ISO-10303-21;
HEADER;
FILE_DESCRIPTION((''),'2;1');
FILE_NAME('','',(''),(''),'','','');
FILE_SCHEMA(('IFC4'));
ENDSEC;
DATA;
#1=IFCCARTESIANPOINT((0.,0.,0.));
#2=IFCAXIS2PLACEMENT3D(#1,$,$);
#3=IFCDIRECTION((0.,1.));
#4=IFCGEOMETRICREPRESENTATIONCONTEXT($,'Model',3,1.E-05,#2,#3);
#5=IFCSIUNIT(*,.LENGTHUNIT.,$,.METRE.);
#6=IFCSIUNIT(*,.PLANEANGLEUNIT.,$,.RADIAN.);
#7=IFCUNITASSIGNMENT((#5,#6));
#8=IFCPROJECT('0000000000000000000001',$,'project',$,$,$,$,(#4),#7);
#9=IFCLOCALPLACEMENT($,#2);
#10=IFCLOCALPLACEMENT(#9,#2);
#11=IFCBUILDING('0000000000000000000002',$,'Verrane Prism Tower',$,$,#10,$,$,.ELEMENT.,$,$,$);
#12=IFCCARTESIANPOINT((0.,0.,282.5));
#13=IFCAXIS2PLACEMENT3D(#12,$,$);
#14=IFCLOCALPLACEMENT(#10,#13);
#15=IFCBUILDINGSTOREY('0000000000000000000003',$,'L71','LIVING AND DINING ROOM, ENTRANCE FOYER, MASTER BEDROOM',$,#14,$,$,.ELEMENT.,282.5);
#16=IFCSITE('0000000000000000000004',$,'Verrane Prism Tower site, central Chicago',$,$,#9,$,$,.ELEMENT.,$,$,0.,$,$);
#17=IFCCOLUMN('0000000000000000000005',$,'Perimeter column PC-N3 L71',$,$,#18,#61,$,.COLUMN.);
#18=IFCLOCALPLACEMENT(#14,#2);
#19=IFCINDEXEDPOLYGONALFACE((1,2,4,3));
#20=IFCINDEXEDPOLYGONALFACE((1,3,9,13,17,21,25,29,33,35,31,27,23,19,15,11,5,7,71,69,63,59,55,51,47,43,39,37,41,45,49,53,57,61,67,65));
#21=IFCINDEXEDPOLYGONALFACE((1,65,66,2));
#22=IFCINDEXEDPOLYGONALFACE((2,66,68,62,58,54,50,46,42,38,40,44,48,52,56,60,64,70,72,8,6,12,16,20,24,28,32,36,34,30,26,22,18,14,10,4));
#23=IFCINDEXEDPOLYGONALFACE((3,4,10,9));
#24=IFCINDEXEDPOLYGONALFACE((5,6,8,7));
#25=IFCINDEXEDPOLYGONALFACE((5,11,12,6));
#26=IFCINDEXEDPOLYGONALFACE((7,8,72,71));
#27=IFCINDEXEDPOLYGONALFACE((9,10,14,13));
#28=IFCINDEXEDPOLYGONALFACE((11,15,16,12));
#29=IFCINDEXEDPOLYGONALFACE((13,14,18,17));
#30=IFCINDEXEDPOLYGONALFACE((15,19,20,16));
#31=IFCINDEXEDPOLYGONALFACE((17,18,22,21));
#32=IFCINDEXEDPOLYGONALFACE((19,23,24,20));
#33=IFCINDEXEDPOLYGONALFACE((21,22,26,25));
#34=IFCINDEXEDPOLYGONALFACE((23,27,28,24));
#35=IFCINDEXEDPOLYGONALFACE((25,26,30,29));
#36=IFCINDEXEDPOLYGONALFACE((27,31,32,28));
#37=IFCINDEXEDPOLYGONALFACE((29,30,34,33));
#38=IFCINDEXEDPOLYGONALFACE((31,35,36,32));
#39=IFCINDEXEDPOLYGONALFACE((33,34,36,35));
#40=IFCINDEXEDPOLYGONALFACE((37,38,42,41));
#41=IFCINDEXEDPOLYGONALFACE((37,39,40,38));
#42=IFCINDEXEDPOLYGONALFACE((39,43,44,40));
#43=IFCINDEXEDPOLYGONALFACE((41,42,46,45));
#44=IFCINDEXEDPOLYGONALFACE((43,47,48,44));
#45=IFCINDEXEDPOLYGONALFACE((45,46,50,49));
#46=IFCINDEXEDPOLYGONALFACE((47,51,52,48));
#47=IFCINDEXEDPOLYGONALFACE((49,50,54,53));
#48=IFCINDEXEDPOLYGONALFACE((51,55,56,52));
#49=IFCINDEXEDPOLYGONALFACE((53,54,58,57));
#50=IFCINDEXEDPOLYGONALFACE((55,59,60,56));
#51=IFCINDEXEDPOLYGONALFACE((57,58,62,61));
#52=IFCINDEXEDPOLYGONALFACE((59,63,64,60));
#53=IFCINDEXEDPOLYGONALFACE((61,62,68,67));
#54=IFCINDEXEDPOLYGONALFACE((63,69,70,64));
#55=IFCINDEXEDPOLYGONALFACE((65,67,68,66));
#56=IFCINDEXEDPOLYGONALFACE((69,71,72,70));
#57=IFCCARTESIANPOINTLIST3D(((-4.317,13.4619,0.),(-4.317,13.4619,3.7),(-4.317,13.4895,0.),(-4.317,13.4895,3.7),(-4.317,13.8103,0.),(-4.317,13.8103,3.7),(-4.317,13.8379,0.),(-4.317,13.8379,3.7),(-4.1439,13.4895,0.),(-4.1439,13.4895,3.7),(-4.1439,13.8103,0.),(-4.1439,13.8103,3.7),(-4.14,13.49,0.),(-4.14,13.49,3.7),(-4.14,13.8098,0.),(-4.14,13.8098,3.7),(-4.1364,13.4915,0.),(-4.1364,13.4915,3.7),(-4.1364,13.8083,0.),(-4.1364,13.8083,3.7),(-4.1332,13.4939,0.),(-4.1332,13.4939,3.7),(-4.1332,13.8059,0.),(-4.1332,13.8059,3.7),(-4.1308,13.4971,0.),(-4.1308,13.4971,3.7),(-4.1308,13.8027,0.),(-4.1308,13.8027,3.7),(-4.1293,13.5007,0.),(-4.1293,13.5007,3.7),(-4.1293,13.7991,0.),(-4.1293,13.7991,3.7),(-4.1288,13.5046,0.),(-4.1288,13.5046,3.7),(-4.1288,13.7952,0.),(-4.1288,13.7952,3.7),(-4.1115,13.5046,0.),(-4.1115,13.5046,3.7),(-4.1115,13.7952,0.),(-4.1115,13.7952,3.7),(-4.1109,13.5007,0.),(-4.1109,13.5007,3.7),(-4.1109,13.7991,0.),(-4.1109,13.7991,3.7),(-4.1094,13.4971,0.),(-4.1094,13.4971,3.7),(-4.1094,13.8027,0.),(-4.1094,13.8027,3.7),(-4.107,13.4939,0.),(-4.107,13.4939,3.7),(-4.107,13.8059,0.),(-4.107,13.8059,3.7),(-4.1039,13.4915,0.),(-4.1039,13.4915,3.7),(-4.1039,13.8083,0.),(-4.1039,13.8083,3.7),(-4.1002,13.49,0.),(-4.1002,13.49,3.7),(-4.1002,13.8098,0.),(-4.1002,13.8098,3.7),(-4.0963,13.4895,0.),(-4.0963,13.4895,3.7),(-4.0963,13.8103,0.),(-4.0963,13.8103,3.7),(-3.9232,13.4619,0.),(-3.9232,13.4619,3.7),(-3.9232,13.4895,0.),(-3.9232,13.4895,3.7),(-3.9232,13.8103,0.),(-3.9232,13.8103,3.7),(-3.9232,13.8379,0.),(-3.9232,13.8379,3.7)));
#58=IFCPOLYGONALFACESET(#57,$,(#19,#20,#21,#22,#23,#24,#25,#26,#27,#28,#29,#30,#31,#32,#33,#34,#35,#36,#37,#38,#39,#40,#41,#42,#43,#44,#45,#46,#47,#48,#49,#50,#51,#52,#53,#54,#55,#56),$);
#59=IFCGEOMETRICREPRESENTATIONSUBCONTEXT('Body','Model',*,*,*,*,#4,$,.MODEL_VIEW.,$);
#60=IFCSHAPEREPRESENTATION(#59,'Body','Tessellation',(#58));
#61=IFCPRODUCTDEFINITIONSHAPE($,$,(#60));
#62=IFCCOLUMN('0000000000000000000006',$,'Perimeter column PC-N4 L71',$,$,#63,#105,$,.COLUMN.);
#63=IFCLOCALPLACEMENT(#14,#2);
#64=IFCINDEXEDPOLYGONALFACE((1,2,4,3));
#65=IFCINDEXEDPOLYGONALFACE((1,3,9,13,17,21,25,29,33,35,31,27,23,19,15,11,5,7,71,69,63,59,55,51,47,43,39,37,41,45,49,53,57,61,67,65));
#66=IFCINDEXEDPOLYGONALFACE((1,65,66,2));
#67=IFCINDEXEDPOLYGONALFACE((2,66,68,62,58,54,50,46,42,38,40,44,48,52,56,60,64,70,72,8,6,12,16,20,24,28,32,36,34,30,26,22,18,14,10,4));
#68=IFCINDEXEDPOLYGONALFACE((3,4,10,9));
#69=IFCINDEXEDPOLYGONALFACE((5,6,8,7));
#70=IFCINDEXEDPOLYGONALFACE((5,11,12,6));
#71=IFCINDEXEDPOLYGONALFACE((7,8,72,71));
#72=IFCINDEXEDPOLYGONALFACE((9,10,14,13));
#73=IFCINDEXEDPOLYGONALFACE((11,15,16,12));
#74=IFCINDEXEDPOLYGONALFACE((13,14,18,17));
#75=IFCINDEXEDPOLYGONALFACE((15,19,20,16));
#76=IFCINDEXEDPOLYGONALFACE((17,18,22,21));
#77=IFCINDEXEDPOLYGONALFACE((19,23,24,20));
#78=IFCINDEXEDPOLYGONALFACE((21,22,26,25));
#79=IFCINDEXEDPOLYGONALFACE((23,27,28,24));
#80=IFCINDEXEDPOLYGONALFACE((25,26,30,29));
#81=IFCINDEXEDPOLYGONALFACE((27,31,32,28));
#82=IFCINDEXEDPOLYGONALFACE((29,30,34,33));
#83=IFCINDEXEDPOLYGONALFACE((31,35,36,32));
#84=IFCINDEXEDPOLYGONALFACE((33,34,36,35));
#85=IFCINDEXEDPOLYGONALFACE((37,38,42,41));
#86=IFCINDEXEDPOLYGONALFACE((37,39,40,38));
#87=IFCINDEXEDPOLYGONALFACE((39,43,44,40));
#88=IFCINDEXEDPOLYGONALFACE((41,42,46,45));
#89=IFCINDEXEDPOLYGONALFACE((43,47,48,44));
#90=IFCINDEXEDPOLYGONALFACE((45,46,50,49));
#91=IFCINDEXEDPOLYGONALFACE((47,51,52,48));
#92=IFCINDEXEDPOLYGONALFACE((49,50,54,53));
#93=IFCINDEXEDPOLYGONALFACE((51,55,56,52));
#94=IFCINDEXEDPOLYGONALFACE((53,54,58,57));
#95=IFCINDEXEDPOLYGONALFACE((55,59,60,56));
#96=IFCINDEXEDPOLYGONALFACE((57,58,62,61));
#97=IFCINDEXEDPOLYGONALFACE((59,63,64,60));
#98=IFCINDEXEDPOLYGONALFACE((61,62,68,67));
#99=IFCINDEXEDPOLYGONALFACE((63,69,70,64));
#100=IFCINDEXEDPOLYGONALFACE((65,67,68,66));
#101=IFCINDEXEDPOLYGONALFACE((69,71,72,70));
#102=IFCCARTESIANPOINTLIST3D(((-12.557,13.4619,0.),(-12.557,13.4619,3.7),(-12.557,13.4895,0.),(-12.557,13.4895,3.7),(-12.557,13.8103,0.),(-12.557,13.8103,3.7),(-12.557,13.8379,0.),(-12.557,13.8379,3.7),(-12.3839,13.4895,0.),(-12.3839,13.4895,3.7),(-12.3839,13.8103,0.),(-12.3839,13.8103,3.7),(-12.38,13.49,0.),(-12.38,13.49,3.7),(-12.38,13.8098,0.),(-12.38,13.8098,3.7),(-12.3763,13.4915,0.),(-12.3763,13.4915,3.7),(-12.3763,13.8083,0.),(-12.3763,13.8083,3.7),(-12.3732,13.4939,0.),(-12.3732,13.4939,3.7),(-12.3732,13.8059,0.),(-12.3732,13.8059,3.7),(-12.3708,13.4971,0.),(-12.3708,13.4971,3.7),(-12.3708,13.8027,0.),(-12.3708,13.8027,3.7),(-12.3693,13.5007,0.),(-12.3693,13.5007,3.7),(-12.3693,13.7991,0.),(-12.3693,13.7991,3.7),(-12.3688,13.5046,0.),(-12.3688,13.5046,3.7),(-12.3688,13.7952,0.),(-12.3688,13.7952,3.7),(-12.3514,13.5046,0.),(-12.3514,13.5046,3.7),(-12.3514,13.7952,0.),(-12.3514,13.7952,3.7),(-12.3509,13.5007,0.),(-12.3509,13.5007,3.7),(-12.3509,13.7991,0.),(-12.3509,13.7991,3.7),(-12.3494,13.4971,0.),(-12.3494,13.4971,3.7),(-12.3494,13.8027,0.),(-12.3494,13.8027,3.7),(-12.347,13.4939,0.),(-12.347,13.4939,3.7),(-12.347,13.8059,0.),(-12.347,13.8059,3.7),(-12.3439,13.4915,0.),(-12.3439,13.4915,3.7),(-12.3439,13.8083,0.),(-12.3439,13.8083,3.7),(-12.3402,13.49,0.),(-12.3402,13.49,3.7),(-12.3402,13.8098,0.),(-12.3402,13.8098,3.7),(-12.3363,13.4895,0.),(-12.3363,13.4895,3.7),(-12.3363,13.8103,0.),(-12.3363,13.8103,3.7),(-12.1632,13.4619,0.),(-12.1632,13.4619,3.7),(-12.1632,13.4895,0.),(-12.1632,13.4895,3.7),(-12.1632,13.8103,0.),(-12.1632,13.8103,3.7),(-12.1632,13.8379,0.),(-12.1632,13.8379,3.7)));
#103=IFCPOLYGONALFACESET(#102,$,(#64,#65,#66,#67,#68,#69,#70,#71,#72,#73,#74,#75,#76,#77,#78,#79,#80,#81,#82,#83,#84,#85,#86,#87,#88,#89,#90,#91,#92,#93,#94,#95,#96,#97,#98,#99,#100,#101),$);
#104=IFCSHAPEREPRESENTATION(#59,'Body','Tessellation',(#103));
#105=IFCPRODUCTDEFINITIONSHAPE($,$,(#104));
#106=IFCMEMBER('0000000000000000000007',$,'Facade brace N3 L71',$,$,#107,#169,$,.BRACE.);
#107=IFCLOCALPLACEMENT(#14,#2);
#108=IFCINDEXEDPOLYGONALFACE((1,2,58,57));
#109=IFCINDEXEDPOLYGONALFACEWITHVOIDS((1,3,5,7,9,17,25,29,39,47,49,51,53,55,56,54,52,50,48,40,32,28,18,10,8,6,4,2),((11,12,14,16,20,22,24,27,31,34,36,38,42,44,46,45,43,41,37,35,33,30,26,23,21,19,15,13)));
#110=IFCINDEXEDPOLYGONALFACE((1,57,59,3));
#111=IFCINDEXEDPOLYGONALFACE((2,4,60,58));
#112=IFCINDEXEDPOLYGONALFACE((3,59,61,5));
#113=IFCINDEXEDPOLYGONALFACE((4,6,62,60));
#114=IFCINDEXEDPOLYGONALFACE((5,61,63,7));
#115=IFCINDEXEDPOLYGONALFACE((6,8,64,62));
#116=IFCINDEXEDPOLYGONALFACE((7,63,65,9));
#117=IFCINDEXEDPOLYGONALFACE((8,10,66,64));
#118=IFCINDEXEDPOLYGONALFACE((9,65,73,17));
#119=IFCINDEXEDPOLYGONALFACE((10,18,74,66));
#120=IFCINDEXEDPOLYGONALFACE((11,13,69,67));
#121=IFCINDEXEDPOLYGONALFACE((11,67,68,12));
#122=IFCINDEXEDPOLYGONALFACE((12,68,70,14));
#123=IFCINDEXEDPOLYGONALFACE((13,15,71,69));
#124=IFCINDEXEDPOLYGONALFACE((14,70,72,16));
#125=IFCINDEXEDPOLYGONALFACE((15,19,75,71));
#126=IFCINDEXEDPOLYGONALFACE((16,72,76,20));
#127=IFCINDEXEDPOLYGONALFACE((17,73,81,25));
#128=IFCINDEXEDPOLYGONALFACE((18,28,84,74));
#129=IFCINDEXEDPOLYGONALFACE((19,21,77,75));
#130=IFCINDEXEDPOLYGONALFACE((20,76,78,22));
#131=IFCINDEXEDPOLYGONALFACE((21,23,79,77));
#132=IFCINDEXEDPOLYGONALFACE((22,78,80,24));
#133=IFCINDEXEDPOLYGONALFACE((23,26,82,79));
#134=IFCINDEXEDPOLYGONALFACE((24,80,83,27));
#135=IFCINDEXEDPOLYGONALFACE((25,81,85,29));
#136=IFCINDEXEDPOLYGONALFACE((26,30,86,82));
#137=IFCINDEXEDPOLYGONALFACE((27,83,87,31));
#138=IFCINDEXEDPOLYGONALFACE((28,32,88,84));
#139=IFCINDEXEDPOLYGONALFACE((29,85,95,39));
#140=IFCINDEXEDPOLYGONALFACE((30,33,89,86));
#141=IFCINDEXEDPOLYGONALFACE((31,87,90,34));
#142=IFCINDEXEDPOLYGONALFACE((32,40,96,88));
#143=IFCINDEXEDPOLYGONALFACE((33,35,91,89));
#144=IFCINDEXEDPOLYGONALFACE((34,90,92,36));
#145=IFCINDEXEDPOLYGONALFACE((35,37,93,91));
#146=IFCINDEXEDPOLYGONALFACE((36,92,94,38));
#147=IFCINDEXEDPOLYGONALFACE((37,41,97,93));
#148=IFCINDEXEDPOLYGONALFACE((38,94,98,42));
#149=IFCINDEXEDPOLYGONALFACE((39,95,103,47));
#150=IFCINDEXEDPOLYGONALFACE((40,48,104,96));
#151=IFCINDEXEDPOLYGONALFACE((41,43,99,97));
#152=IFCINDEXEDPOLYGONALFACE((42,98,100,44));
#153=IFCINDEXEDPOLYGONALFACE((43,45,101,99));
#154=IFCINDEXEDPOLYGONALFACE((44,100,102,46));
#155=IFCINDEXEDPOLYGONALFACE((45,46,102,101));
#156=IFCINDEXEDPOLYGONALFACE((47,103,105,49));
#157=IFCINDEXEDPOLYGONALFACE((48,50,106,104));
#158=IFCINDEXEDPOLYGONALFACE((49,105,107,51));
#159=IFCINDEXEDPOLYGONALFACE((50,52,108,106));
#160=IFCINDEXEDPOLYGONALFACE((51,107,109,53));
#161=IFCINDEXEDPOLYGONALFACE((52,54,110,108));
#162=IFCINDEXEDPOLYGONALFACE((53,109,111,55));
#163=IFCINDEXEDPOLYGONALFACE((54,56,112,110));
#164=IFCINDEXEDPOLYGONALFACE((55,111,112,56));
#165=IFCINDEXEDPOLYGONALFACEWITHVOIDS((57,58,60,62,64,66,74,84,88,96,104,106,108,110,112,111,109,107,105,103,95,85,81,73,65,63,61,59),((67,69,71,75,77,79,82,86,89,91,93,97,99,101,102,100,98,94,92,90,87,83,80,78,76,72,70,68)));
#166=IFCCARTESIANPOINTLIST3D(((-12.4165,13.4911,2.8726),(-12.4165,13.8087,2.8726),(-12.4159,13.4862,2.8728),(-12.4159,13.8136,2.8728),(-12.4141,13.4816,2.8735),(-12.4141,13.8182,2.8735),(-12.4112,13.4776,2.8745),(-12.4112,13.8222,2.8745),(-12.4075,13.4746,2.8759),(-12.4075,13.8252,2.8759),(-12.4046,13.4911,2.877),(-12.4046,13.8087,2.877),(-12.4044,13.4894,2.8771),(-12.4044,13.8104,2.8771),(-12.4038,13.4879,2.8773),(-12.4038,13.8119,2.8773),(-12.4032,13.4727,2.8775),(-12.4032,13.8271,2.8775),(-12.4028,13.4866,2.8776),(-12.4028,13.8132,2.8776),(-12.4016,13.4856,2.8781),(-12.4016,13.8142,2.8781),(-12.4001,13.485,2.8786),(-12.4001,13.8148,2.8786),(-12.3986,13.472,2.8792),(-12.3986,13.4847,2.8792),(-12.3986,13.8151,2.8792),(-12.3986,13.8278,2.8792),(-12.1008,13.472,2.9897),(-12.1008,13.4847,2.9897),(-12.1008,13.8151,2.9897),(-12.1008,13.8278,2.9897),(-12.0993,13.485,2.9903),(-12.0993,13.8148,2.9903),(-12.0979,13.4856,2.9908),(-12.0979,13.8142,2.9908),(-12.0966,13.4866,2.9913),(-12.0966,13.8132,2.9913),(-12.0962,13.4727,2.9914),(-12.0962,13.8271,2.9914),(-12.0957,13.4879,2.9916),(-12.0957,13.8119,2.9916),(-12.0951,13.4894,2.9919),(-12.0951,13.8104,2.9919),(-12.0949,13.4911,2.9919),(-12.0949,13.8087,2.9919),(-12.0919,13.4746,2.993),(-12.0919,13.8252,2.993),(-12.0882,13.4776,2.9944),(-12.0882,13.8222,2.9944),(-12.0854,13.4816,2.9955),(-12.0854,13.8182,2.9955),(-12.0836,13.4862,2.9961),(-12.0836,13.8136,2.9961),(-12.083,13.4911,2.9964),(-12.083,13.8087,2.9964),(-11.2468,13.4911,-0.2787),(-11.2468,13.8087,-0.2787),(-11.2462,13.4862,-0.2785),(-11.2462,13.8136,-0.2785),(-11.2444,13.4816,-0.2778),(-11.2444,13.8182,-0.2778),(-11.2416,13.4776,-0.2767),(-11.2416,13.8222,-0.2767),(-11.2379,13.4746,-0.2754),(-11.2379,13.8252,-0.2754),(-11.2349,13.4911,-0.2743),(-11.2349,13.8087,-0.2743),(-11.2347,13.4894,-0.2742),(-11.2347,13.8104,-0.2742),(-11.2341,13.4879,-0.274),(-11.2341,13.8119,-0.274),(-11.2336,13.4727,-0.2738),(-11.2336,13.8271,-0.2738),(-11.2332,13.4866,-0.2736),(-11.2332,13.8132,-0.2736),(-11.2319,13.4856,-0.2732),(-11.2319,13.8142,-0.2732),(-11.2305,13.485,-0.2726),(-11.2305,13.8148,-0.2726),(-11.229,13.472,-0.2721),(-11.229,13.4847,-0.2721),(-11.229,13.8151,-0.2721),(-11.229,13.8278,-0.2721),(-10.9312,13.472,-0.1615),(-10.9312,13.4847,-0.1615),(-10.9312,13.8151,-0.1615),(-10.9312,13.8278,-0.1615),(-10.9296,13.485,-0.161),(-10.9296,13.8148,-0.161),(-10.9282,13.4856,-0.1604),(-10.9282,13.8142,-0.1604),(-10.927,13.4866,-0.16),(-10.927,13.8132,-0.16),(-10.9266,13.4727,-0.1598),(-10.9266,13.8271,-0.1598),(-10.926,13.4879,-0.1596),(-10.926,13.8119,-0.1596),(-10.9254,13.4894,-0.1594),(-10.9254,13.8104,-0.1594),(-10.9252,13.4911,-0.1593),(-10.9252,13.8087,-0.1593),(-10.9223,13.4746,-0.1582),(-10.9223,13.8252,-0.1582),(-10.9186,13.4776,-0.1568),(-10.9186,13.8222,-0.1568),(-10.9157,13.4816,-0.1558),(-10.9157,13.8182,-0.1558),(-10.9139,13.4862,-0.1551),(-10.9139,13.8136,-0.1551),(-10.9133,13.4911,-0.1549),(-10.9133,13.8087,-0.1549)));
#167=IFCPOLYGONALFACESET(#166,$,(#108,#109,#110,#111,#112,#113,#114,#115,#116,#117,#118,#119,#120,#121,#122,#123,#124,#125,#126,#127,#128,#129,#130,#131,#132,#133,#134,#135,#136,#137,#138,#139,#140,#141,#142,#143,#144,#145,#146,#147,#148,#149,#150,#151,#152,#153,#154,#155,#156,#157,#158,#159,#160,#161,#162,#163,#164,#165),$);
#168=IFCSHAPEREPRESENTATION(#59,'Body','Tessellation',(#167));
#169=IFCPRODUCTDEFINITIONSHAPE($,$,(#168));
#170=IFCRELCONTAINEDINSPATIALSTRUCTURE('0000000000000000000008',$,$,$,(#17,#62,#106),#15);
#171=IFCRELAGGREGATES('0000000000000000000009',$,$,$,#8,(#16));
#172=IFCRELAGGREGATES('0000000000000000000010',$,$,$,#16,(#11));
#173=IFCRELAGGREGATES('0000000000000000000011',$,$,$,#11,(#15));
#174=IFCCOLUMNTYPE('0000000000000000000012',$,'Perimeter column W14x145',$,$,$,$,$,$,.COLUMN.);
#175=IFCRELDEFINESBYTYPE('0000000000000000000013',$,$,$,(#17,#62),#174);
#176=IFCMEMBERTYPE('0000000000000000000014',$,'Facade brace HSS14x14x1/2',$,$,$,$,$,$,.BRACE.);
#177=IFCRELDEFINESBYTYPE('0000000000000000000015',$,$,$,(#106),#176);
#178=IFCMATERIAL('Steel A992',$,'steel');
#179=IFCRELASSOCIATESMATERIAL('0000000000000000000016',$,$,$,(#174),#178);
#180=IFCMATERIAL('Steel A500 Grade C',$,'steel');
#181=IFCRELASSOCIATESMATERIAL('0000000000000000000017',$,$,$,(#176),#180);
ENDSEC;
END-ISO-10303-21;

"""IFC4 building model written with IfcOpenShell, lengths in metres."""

from ifc_helpers import new_model, si_unit, direction, frame, origin, origin_2d, place, context, subcontext, project, spatial, hollow_rectangle, i_section, extrude, material, material_profile, profile_set, type_object, element, save


model = new_model("IFC4")

# Units and contexts
model_context = context("Model", 3, precision=1e-05, world=origin(), true_north=direction((0.0, 1.0)))
body_context = subcontext(model_context, "Body", "Model", "MODEL_VIEW")
ifc_project = project(units=[si_unit("LENGTHUNIT", "METRE"), si_unit("PLANEANGLEUNIT", "RADIAN")], contexts=[model_context])

# Site, building, storey
site_placement = place(None, origin())
site = spatial("IfcSite", under=ifc_project, at=site_placement, Name="Verrane Prism Tower site, central Chicago", CompositionType="ELEMENT", RefElevation=0.0)
building_placement = place(site_placement, origin())
building = spatial("IfcBuilding", under=site, at=building_placement, Name="Verrane Prism Tower", CompositionType="ELEMENT")
storey_placement = place(building_placement, frame((0.0, 0.0, 282.5)))
storey = spatial("IfcBuildingStorey", under=building, at=storey_placement, Name="L71", Description="LIVING AND DINING ROOM, ENTRANCE FOYER, MASTER BEDROOM", CompositionType="ELEMENT", Elevation=282.5)

# Columns
ifc_material_1 = material(Name="Steel A992", Category="steel")
ifc_material_profile_1 = material_profile(ifc_material_1, i_section(OverallWidth=0.3938, OverallDepth=0.376, WebThickness=0.0173, FlangeThickness=0.0276, FilletRadius=0.0151, at=origin_2d()), Name="W14x145")
ifc_profile_set_1 = profile_set([ifc_material_profile_1], Name="Steel A992")
column_type = type_object("IfcColumnType", Name="Perimeter column W14x145", PredefinedType="COLUMN", material=ifc_profile_set_1)
for number, where, z_axis, x_axis, name in (
    (1, (-4.1201, 13.6499, 0.0), (0.0, 0.0, 1.0), (1.0, 0.0, 0.0), "Perimeter column PC-N3 L71"),
    (2, (-12.3601, 13.6499, 0.0), (0.0, 0.0, 1.0), (1.0, 0.0, 0.0), "Perimeter column PC-N4 L71"),
):
    element("IfcColumn", number, at=place(storey_placement, frame(where, z_axis=z_axis, x_axis=x_axis)), inside=storey, type_object=column_type, Name=name, PredefinedType="COLUMN", context=body_context, shape_type="SweptSolid", body=[
        extrude(i_section(OverallWidth=0.3938, OverallDepth=0.376, WebThickness=0.0173, FlangeThickness=0.0276, FilletRadius=0.0151, at=origin_2d()), origin(), (0.0, 0.0, 1.0), 3.7),
    ])

# Member
ifc_material_2 = material(Name="Steel A500 Grade C", Category="steel")
ifc_material_profile_2 = material_profile(ifc_material_2, hollow_rectangle(XDim=0.3557, YDim=0.3557, WallThickness=0.0127, InnerFilletRadius=0.0063, OuterFilletRadius=0.019, at=origin_2d()), Name="HSS14x14x1/2")
ifc_profile_set_2 = profile_set([ifc_material_profile_2], Name="Steel A500 Grade C")
member_type_1 = type_object("IfcMemberType", Name="Facade brace HSS14x14x1/2", PredefinedType="BRACE", material=ifc_profile_set_2)
member_1_placement = place(storey_placement, frame((-11.0801, 13.6499, -0.2168), z_axis=(-0.34797, 0.0, 0.937506), x_axis=(0.0, -1.0, 0.0)))
element("IfcMember", 3, at=member_1_placement, inside=storey, type_object=member_type_1, Name="Facade brace N3 L71", PredefinedType="BRACE", context=body_context, shape_type="SweptSolid", body=[
    extrude(hollow_rectangle(XDim=0.3557, YDim=0.3557, WallThickness=0.0127, InnerFilletRadius=0.0063, OuterFilletRadius=0.019, at=origin_2d()), origin(), (0.0, 0.0, 1.0), 3.3613),
])

save(model, "model.ifc")
